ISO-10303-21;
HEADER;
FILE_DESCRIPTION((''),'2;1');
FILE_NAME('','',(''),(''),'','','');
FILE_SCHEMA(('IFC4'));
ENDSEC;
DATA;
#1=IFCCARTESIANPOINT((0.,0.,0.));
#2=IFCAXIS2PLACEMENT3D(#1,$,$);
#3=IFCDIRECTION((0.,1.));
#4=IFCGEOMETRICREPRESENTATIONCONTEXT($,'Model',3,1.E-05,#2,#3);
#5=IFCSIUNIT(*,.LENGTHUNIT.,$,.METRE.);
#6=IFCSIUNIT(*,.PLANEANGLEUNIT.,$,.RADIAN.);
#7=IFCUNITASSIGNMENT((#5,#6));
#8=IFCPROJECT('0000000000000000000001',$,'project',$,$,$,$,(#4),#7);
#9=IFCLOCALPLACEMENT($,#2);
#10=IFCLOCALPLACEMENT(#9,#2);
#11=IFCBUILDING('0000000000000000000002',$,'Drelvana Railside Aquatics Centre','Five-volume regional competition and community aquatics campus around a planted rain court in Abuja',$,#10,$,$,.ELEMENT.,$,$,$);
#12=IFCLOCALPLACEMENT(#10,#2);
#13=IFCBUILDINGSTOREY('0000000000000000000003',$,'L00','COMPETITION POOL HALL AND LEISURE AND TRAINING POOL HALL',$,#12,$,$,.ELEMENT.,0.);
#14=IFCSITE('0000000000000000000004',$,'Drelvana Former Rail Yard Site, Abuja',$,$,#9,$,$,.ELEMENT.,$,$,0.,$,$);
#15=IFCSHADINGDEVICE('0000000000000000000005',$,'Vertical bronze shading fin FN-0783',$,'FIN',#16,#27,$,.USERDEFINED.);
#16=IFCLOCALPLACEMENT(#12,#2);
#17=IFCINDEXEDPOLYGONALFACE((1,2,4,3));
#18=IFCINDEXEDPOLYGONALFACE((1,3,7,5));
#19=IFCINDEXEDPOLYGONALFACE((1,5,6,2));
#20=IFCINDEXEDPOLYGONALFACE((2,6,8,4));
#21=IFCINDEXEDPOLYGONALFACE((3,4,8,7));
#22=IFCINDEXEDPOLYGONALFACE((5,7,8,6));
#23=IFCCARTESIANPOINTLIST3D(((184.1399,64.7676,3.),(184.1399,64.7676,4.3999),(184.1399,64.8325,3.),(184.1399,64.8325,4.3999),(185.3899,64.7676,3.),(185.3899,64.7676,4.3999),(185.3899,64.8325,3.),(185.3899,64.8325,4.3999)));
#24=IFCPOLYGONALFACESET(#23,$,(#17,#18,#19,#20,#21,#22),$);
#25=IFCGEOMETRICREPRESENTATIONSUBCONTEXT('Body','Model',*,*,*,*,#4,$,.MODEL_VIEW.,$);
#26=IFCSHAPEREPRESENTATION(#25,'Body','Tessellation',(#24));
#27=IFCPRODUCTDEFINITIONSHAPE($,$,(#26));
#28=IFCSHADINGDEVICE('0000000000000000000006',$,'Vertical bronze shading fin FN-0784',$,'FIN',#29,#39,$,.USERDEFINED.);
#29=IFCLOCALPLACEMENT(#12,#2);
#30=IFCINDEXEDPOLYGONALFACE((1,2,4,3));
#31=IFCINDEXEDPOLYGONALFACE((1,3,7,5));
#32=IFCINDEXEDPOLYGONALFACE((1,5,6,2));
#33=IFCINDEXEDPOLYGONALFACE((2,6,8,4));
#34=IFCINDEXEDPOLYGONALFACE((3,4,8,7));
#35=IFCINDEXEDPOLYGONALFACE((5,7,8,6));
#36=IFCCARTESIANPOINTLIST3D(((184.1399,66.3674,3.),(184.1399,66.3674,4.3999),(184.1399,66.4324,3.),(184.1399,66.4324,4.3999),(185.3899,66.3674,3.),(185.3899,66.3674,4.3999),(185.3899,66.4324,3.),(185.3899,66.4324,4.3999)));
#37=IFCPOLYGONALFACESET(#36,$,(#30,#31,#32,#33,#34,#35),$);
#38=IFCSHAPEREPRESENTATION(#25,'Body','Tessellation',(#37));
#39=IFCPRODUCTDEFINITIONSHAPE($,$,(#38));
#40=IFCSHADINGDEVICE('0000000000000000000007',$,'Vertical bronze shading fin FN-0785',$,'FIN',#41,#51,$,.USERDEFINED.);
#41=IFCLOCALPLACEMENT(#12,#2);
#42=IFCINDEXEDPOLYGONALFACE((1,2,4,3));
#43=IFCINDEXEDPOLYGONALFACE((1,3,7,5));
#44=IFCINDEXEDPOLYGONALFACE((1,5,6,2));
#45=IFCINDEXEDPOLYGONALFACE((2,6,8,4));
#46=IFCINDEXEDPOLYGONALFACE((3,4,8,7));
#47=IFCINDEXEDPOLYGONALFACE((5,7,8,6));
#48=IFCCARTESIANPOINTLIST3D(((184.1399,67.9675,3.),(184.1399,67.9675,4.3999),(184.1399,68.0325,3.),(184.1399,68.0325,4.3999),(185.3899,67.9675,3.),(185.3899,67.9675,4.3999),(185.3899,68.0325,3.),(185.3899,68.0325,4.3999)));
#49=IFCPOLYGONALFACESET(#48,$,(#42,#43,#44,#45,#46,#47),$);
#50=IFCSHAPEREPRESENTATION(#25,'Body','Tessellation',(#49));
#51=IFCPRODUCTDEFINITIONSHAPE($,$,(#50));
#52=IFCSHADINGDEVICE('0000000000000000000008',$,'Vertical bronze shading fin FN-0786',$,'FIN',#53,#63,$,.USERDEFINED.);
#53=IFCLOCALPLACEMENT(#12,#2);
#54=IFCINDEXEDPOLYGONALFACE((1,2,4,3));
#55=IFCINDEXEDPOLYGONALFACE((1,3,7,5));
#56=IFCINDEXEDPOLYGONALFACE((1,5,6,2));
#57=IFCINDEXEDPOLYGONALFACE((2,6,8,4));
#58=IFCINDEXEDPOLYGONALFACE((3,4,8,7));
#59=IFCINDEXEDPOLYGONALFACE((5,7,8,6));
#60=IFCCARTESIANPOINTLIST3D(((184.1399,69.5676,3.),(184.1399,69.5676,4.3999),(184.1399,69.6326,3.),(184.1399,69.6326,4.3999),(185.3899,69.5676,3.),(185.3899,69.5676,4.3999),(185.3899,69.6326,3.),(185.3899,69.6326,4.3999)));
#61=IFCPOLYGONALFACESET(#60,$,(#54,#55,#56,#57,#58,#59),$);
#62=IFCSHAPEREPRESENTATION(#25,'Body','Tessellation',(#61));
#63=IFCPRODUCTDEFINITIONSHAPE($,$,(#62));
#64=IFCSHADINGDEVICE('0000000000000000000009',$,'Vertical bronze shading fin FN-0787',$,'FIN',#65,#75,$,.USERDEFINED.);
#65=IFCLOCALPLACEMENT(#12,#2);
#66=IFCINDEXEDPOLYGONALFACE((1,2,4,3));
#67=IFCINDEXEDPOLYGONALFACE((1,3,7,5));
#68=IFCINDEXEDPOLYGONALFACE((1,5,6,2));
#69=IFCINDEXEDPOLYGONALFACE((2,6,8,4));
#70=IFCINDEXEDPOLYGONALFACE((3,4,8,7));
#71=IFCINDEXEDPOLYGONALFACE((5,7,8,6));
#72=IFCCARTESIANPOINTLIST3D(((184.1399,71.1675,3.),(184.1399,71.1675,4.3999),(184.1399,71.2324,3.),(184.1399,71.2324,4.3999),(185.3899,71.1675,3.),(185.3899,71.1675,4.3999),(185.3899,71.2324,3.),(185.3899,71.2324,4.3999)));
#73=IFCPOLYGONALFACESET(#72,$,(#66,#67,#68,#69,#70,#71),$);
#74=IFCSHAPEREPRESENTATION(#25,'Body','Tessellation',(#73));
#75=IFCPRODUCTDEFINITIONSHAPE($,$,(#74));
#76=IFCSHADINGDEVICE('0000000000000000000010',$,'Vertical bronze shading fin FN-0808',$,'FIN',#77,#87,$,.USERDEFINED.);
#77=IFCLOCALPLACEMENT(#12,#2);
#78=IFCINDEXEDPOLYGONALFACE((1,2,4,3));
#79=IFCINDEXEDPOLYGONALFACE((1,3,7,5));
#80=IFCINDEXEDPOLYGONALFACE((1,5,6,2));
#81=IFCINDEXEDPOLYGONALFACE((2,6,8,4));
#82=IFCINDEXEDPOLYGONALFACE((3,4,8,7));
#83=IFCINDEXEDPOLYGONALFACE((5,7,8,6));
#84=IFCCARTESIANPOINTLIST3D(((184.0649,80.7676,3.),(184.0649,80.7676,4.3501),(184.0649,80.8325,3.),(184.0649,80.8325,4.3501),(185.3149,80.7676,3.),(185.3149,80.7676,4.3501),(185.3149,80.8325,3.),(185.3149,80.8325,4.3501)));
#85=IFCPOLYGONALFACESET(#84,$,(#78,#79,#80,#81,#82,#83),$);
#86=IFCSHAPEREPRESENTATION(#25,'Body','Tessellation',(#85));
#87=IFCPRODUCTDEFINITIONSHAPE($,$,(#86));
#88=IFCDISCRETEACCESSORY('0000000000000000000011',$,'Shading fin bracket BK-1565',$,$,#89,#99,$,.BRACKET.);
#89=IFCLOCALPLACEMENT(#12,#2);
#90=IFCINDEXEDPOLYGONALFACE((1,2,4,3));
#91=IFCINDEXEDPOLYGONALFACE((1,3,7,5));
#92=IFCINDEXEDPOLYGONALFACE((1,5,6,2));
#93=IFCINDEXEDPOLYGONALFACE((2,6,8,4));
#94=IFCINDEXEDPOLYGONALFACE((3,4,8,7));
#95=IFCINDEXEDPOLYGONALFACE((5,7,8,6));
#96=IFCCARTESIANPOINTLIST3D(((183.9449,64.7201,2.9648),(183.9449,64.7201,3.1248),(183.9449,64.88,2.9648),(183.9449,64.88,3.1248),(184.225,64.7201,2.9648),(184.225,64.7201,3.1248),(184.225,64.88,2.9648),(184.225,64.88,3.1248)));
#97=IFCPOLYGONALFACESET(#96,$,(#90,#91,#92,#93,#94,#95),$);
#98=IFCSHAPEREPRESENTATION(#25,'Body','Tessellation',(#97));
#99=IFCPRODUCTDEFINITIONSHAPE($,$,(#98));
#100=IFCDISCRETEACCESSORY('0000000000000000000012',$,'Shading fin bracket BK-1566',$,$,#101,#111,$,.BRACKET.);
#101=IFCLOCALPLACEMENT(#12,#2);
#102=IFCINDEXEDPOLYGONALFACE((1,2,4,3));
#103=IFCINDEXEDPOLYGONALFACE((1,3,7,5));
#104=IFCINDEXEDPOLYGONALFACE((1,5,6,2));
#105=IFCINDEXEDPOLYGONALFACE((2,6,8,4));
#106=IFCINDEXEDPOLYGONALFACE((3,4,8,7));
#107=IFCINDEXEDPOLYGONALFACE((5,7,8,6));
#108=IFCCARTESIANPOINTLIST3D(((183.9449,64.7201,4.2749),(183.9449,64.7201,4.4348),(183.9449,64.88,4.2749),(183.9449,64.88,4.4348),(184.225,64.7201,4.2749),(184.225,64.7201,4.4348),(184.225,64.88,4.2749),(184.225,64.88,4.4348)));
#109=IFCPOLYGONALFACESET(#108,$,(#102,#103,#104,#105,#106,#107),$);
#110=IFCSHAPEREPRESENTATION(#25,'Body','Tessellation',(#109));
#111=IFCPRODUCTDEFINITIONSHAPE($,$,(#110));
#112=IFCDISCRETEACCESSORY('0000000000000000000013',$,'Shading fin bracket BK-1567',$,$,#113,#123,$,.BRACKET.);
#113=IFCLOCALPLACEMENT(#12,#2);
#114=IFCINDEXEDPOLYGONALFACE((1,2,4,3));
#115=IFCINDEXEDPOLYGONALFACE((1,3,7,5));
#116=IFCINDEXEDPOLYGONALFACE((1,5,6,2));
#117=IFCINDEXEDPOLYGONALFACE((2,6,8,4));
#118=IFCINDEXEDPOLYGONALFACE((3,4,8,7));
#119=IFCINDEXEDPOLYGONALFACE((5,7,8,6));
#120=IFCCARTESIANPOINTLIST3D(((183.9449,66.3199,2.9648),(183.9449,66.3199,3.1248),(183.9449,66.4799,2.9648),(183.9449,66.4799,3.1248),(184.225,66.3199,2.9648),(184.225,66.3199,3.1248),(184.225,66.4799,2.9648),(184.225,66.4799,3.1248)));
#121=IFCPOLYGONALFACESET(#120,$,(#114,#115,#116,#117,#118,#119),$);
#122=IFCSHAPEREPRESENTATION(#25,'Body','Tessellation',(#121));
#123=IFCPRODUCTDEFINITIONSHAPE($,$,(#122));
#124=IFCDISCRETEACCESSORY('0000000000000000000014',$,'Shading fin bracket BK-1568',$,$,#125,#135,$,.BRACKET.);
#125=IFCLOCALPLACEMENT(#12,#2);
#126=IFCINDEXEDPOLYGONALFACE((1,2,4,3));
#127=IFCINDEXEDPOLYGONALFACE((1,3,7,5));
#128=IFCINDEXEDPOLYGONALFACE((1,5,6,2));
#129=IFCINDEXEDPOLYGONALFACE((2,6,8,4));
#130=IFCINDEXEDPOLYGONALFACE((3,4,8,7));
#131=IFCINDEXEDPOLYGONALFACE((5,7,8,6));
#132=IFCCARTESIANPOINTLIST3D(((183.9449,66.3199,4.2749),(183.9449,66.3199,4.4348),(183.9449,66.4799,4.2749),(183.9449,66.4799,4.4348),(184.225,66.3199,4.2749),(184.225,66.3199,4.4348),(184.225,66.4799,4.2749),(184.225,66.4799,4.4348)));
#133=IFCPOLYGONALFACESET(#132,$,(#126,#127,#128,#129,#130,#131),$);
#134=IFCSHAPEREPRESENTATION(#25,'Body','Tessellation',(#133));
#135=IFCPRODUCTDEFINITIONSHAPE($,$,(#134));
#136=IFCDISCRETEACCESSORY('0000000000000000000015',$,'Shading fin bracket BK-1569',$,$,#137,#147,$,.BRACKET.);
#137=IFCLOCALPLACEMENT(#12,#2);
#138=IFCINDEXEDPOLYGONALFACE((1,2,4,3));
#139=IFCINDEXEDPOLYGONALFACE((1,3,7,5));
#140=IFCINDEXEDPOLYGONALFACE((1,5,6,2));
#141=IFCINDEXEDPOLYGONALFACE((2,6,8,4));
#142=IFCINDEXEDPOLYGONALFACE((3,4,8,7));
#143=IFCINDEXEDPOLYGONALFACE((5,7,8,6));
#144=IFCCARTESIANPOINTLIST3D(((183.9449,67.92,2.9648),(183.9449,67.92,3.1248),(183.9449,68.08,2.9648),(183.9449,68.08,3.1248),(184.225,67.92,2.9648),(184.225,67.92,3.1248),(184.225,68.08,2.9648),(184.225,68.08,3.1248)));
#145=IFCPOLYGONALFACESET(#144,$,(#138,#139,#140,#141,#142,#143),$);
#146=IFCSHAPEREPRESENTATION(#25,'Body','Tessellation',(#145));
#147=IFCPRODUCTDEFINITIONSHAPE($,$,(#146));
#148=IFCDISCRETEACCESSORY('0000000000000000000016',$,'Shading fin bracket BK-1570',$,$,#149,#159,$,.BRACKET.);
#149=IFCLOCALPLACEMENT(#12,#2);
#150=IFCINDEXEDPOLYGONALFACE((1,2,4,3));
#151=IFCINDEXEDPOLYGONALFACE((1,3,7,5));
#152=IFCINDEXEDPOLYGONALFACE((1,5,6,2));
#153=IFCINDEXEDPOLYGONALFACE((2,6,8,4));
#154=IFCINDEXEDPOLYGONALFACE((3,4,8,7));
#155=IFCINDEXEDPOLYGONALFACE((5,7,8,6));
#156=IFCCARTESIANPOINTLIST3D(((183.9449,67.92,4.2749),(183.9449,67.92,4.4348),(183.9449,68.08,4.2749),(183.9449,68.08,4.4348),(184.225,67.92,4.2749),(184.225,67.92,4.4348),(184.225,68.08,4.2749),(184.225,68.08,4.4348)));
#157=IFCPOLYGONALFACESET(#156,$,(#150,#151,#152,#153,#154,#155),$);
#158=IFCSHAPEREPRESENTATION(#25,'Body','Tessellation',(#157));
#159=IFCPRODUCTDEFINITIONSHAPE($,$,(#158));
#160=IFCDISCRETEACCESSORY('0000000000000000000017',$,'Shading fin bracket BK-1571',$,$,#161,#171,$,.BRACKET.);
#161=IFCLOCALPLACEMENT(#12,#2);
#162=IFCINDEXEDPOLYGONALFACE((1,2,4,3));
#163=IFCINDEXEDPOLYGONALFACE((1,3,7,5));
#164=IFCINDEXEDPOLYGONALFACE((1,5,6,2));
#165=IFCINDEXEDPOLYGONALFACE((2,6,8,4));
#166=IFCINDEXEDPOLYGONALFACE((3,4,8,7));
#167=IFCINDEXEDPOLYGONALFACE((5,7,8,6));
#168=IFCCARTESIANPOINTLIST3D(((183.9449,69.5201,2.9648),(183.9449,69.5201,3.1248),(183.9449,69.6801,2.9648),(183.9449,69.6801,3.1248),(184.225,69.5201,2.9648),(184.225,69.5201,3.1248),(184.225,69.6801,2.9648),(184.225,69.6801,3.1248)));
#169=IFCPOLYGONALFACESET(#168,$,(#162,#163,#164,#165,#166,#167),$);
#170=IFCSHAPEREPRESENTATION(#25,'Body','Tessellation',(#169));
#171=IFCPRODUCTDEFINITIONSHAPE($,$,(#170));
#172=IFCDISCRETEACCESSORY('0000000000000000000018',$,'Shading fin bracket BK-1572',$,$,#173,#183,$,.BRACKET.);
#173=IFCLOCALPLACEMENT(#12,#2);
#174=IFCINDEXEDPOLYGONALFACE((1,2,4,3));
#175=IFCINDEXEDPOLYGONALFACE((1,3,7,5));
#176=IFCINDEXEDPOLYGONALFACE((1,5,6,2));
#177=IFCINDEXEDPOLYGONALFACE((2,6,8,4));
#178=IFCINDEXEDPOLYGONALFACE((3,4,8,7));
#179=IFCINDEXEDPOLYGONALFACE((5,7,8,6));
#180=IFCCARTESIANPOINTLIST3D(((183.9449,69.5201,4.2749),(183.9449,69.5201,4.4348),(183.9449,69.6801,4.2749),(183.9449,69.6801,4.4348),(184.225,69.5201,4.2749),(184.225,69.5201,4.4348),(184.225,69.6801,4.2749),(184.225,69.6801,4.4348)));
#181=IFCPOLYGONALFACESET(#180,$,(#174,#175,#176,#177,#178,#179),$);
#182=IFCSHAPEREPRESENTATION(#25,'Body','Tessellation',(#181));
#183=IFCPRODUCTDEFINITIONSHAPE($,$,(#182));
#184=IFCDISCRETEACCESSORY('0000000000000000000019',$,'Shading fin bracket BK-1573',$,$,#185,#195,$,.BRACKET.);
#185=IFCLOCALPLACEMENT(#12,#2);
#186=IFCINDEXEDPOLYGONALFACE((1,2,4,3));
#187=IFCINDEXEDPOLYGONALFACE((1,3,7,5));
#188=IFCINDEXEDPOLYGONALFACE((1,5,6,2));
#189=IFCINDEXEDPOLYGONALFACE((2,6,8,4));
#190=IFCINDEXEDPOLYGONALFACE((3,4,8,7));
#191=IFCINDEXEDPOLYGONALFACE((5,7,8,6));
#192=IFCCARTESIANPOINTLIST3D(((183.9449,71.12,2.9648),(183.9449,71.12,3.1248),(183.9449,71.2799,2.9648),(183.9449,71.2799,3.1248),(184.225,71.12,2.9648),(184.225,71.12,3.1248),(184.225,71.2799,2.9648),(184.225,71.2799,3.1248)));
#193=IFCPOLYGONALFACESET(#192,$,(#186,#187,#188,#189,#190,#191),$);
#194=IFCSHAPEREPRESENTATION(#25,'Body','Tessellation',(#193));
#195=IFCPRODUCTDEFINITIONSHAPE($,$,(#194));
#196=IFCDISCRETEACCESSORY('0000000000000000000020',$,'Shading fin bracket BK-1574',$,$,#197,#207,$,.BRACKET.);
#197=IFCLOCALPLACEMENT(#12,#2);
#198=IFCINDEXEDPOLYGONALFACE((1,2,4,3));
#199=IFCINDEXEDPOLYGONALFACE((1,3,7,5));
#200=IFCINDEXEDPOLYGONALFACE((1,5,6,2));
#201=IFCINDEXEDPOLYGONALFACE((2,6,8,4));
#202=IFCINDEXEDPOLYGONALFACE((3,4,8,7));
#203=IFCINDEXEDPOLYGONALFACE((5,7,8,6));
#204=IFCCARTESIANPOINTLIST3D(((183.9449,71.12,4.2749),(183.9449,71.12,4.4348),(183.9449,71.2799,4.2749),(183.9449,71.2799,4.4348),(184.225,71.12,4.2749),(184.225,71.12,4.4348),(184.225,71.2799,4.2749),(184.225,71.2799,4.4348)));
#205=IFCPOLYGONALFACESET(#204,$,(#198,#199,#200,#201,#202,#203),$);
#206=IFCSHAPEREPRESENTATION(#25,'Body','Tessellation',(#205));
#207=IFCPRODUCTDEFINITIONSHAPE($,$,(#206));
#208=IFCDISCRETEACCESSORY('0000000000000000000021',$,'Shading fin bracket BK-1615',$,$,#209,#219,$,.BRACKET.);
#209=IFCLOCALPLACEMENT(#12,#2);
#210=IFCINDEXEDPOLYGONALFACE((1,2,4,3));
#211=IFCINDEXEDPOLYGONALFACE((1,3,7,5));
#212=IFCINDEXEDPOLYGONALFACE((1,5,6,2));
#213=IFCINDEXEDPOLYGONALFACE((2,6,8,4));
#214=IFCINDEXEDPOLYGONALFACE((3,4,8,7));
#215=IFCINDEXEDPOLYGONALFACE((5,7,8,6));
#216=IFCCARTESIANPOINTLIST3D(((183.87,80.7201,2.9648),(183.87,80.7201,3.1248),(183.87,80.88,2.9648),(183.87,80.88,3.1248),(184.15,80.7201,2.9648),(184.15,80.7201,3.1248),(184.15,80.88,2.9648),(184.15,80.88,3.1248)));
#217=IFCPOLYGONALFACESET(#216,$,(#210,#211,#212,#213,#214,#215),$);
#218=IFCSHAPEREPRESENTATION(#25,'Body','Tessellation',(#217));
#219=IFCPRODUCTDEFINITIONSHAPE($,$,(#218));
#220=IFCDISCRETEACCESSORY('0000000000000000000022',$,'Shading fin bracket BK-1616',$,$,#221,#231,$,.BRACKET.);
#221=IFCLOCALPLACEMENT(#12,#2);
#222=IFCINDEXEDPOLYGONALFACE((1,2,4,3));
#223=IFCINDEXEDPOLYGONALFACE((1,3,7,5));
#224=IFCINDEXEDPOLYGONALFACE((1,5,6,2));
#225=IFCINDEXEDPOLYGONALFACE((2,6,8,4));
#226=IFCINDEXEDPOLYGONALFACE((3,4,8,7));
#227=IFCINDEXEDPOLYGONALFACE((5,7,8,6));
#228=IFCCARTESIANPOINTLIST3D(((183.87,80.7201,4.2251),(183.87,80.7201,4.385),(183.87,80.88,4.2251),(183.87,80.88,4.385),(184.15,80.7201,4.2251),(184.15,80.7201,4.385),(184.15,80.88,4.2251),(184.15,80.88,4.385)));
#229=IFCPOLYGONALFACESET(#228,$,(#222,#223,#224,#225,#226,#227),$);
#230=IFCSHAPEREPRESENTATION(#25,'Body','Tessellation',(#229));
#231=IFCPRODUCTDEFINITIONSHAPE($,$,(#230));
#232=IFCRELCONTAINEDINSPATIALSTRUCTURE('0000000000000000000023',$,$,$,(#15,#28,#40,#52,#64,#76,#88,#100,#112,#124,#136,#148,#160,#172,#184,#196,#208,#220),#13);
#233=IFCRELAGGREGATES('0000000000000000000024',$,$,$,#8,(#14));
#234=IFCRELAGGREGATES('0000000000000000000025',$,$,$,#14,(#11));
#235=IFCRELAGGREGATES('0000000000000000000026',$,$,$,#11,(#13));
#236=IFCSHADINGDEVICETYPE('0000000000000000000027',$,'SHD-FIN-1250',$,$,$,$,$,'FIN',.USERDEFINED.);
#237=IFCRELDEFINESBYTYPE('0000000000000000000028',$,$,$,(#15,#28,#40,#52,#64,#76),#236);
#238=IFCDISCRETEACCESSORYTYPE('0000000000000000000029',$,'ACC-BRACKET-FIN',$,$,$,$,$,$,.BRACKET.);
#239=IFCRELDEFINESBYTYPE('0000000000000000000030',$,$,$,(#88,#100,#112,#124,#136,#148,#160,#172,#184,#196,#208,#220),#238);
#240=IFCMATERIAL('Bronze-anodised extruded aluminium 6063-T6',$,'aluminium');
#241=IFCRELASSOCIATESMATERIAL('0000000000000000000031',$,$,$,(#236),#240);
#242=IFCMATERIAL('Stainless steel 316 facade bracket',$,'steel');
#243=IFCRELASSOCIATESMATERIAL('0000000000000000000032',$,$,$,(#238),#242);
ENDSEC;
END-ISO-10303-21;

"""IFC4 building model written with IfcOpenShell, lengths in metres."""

from ifc_helpers import new_model, si_unit, direction, frame, origin, origin_2d, place, context, subcontext, project, spatial, rectangle, extrude, material, type_object, element, save


model = new_model("IFC4")

# Units and contexts
model_context = context("Model", 3, precision=1e-05, world=origin(), true_north=direction((0.0, 1.0)))
body_context = subcontext(model_context, "Body", "Model", "MODEL_VIEW")
ifc_project = project(units=[si_unit("LENGTHUNIT", "METRE"), si_unit("PLANEANGLEUNIT", "RADIAN")], contexts=[model_context])

# Site, building, storey
site_placement = place(None, origin())
site = spatial("IfcSite", under=ifc_project, at=site_placement, Name="Drelvana Former Rail Yard Site, Abuja", CompositionType="ELEMENT", RefElevation=0.0)
building_placement = place(site_placement, origin())
building = spatial("IfcBuilding", under=site, at=building_placement, Name="Drelvana Railside Aquatics Centre", Description="Five-volume regional competition and community aquatics campus around a planted rain court in Abuja", CompositionType="ELEMENT")
storey_placement = place(building_placement, origin())
storey = spatial("IfcBuildingStorey", under=building, at=storey_placement, Name="L00", Description="COMPETITION POOL HALL AND LEISURE AND TRAINING POOL HALL", CompositionType="ELEMENT", Elevation=0.0)

# Shared definitions
ifc_material_1 = material(Name="Bronze-anodised extruded aluminium 6063-T6", Category="aluminium")

# Shading devices
shading_device_type = type_object("IfcShadingDeviceType", Name="SHD-FIN-1250", ElementType="FIN", PredefinedType="USERDEFINED", material=ifc_material_1)
for number, where, z_axis, x_axis, name in (
    (1, (184.7649, 64.8, 3.0), (0.0, 0.0, 1.0), (1.0, 0.0, 0.0), "Vertical bronze shading fin FN-0783"),
    (2, (184.7649, 66.3999, 3.0), (0.0, 0.0, 1.0), (1.0, 0.0, 0.0), "Vertical bronze shading fin FN-0784"),
    (3, (184.7649, 68.0, 3.0), (0.0, 0.0, 1.0), (1.0, 0.0, 0.0), "Vertical bronze shading fin FN-0785"),
    (4, (184.7649, 69.6001, 3.0), (0.0, 0.0, 1.0), (1.0, 0.0, 0.0), "Vertical bronze shading fin FN-0786"),
    (5, (184.7649, 71.2, 3.0), (0.0, 0.0, 1.0), (1.0, 0.0, 0.0), "Vertical bronze shading fin FN-0787"),
):
    element("IfcShadingDevice", number, at=place(storey_placement, frame(where, z_axis=z_axis, x_axis=x_axis)), inside=storey, type_object=shading_device_type, Name=name, ObjectType="FIN", PredefinedType="USERDEFINED", context=body_context, shape_type="SweptSolid", body=[
        extrude(rectangle(XDim=1.25, YDim=0.0649, at=origin_2d()), origin(), (0.0, 0.0, 1.0), 1.3999),
    ])
shading_device_placement = place(storey_placement, frame((184.6899, 80.8, 3.0), z_axis=(0.0, 0.0, 1.0), x_axis=(1.0, 0.0, 0.0)))
element("IfcShadingDevice", 6, at=shading_device_placement, inside=storey, type_object=shading_device_type, Name="Vertical bronze shading fin FN-0808", ObjectType="FIN", PredefinedType="USERDEFINED", context=body_context, shape_type="SweptSolid", body=[
    extrude(rectangle(XDim=1.25, YDim=0.0649, at=origin_2d()), origin(), (0.0, 0.0, 1.0), 1.3501),
])

# Discrete accessories
ifc_material_2 = material(Name="Stainless steel 316 facade bracket", Category="steel")
discrete_accessory_type = type_object("IfcDiscreteAccessoryType", Name="ACC-BRACKET-FIN", PredefinedType="BRACKET", material=ifc_material_2)
for number, where, z_axis, x_axis, name in (
    (7, (184.085, 64.8, 2.9648), (0.0, 0.0, 1.0), (1.0, 0.0, 0.0), "Shading fin bracket BK-1565"),
    (8, (184.085, 64.8, 4.2749), (0.0, 0.0, 1.0), (1.0, 0.0, 0.0), "Shading fin bracket BK-1566"),
    (9, (184.085, 66.3999, 2.9648), (0.0, 0.0, 1.0), (1.0, 0.0, 0.0), "Shading fin bracket BK-1567"),
    (10, (184.085, 66.3999, 4.2749), (0.0, 0.0, 1.0), (1.0, 0.0, 0.0), "Shading fin bracket BK-1568"),
    (11, (184.085, 68.0, 2.9648), (0.0, 0.0, 1.0), (1.0, 0.0, 0.0), "Shading fin bracket BK-1569"),
    (12, (184.085, 68.0, 4.2749), (0.0, 0.0, 1.0), (1.0, 0.0, 0.0), "Shading fin bracket BK-1570"),
    (13, (184.085, 69.6001, 2.9648), (0.0, 0.0, 1.0), (1.0, 0.0, 0.0), "Shading fin bracket BK-1571"),
    (14, (184.085, 69.6001, 4.2749), (0.0, 0.0, 1.0), (1.0, 0.0, 0.0), "Shading fin bracket BK-1572"),
    (15, (184.085, 71.2, 2.9648), (0.0, 0.0, 1.0), (1.0, 0.0, 0.0), "Shading fin bracket BK-1573"),
    (16, (184.085, 71.2, 4.2749), (0.0, 0.0, 1.0), (1.0, 0.0, 0.0), "Shading fin bracket BK-1574"),
    (17, (184.01, 80.8, 2.9648), (0.0, 0.0, 1.0), (1.0, 0.0, 0.0), "Shading fin bracket BK-1615"),
    (18, (184.01, 80.8, 4.2251), (0.0, 0.0, 1.0), (1.0, 0.0, 0.0), "Shading fin bracket BK-1616"),
):
    element("IfcDiscreteAccessory", number, at=place(storey_placement, frame(where, z_axis=z_axis, x_axis=x_axis)), inside=storey, type_object=discrete_accessory_type, Name=name, PredefinedType="BRACKET", context=body_context, shape_type="SweptSolid", body=[
        extrude(rectangle(XDim=0.28, YDim=0.1599, at=origin_2d()), origin(), (0.0, 0.0, 1.0), 0.1599),
    ])

save(model, "model.ifc")
